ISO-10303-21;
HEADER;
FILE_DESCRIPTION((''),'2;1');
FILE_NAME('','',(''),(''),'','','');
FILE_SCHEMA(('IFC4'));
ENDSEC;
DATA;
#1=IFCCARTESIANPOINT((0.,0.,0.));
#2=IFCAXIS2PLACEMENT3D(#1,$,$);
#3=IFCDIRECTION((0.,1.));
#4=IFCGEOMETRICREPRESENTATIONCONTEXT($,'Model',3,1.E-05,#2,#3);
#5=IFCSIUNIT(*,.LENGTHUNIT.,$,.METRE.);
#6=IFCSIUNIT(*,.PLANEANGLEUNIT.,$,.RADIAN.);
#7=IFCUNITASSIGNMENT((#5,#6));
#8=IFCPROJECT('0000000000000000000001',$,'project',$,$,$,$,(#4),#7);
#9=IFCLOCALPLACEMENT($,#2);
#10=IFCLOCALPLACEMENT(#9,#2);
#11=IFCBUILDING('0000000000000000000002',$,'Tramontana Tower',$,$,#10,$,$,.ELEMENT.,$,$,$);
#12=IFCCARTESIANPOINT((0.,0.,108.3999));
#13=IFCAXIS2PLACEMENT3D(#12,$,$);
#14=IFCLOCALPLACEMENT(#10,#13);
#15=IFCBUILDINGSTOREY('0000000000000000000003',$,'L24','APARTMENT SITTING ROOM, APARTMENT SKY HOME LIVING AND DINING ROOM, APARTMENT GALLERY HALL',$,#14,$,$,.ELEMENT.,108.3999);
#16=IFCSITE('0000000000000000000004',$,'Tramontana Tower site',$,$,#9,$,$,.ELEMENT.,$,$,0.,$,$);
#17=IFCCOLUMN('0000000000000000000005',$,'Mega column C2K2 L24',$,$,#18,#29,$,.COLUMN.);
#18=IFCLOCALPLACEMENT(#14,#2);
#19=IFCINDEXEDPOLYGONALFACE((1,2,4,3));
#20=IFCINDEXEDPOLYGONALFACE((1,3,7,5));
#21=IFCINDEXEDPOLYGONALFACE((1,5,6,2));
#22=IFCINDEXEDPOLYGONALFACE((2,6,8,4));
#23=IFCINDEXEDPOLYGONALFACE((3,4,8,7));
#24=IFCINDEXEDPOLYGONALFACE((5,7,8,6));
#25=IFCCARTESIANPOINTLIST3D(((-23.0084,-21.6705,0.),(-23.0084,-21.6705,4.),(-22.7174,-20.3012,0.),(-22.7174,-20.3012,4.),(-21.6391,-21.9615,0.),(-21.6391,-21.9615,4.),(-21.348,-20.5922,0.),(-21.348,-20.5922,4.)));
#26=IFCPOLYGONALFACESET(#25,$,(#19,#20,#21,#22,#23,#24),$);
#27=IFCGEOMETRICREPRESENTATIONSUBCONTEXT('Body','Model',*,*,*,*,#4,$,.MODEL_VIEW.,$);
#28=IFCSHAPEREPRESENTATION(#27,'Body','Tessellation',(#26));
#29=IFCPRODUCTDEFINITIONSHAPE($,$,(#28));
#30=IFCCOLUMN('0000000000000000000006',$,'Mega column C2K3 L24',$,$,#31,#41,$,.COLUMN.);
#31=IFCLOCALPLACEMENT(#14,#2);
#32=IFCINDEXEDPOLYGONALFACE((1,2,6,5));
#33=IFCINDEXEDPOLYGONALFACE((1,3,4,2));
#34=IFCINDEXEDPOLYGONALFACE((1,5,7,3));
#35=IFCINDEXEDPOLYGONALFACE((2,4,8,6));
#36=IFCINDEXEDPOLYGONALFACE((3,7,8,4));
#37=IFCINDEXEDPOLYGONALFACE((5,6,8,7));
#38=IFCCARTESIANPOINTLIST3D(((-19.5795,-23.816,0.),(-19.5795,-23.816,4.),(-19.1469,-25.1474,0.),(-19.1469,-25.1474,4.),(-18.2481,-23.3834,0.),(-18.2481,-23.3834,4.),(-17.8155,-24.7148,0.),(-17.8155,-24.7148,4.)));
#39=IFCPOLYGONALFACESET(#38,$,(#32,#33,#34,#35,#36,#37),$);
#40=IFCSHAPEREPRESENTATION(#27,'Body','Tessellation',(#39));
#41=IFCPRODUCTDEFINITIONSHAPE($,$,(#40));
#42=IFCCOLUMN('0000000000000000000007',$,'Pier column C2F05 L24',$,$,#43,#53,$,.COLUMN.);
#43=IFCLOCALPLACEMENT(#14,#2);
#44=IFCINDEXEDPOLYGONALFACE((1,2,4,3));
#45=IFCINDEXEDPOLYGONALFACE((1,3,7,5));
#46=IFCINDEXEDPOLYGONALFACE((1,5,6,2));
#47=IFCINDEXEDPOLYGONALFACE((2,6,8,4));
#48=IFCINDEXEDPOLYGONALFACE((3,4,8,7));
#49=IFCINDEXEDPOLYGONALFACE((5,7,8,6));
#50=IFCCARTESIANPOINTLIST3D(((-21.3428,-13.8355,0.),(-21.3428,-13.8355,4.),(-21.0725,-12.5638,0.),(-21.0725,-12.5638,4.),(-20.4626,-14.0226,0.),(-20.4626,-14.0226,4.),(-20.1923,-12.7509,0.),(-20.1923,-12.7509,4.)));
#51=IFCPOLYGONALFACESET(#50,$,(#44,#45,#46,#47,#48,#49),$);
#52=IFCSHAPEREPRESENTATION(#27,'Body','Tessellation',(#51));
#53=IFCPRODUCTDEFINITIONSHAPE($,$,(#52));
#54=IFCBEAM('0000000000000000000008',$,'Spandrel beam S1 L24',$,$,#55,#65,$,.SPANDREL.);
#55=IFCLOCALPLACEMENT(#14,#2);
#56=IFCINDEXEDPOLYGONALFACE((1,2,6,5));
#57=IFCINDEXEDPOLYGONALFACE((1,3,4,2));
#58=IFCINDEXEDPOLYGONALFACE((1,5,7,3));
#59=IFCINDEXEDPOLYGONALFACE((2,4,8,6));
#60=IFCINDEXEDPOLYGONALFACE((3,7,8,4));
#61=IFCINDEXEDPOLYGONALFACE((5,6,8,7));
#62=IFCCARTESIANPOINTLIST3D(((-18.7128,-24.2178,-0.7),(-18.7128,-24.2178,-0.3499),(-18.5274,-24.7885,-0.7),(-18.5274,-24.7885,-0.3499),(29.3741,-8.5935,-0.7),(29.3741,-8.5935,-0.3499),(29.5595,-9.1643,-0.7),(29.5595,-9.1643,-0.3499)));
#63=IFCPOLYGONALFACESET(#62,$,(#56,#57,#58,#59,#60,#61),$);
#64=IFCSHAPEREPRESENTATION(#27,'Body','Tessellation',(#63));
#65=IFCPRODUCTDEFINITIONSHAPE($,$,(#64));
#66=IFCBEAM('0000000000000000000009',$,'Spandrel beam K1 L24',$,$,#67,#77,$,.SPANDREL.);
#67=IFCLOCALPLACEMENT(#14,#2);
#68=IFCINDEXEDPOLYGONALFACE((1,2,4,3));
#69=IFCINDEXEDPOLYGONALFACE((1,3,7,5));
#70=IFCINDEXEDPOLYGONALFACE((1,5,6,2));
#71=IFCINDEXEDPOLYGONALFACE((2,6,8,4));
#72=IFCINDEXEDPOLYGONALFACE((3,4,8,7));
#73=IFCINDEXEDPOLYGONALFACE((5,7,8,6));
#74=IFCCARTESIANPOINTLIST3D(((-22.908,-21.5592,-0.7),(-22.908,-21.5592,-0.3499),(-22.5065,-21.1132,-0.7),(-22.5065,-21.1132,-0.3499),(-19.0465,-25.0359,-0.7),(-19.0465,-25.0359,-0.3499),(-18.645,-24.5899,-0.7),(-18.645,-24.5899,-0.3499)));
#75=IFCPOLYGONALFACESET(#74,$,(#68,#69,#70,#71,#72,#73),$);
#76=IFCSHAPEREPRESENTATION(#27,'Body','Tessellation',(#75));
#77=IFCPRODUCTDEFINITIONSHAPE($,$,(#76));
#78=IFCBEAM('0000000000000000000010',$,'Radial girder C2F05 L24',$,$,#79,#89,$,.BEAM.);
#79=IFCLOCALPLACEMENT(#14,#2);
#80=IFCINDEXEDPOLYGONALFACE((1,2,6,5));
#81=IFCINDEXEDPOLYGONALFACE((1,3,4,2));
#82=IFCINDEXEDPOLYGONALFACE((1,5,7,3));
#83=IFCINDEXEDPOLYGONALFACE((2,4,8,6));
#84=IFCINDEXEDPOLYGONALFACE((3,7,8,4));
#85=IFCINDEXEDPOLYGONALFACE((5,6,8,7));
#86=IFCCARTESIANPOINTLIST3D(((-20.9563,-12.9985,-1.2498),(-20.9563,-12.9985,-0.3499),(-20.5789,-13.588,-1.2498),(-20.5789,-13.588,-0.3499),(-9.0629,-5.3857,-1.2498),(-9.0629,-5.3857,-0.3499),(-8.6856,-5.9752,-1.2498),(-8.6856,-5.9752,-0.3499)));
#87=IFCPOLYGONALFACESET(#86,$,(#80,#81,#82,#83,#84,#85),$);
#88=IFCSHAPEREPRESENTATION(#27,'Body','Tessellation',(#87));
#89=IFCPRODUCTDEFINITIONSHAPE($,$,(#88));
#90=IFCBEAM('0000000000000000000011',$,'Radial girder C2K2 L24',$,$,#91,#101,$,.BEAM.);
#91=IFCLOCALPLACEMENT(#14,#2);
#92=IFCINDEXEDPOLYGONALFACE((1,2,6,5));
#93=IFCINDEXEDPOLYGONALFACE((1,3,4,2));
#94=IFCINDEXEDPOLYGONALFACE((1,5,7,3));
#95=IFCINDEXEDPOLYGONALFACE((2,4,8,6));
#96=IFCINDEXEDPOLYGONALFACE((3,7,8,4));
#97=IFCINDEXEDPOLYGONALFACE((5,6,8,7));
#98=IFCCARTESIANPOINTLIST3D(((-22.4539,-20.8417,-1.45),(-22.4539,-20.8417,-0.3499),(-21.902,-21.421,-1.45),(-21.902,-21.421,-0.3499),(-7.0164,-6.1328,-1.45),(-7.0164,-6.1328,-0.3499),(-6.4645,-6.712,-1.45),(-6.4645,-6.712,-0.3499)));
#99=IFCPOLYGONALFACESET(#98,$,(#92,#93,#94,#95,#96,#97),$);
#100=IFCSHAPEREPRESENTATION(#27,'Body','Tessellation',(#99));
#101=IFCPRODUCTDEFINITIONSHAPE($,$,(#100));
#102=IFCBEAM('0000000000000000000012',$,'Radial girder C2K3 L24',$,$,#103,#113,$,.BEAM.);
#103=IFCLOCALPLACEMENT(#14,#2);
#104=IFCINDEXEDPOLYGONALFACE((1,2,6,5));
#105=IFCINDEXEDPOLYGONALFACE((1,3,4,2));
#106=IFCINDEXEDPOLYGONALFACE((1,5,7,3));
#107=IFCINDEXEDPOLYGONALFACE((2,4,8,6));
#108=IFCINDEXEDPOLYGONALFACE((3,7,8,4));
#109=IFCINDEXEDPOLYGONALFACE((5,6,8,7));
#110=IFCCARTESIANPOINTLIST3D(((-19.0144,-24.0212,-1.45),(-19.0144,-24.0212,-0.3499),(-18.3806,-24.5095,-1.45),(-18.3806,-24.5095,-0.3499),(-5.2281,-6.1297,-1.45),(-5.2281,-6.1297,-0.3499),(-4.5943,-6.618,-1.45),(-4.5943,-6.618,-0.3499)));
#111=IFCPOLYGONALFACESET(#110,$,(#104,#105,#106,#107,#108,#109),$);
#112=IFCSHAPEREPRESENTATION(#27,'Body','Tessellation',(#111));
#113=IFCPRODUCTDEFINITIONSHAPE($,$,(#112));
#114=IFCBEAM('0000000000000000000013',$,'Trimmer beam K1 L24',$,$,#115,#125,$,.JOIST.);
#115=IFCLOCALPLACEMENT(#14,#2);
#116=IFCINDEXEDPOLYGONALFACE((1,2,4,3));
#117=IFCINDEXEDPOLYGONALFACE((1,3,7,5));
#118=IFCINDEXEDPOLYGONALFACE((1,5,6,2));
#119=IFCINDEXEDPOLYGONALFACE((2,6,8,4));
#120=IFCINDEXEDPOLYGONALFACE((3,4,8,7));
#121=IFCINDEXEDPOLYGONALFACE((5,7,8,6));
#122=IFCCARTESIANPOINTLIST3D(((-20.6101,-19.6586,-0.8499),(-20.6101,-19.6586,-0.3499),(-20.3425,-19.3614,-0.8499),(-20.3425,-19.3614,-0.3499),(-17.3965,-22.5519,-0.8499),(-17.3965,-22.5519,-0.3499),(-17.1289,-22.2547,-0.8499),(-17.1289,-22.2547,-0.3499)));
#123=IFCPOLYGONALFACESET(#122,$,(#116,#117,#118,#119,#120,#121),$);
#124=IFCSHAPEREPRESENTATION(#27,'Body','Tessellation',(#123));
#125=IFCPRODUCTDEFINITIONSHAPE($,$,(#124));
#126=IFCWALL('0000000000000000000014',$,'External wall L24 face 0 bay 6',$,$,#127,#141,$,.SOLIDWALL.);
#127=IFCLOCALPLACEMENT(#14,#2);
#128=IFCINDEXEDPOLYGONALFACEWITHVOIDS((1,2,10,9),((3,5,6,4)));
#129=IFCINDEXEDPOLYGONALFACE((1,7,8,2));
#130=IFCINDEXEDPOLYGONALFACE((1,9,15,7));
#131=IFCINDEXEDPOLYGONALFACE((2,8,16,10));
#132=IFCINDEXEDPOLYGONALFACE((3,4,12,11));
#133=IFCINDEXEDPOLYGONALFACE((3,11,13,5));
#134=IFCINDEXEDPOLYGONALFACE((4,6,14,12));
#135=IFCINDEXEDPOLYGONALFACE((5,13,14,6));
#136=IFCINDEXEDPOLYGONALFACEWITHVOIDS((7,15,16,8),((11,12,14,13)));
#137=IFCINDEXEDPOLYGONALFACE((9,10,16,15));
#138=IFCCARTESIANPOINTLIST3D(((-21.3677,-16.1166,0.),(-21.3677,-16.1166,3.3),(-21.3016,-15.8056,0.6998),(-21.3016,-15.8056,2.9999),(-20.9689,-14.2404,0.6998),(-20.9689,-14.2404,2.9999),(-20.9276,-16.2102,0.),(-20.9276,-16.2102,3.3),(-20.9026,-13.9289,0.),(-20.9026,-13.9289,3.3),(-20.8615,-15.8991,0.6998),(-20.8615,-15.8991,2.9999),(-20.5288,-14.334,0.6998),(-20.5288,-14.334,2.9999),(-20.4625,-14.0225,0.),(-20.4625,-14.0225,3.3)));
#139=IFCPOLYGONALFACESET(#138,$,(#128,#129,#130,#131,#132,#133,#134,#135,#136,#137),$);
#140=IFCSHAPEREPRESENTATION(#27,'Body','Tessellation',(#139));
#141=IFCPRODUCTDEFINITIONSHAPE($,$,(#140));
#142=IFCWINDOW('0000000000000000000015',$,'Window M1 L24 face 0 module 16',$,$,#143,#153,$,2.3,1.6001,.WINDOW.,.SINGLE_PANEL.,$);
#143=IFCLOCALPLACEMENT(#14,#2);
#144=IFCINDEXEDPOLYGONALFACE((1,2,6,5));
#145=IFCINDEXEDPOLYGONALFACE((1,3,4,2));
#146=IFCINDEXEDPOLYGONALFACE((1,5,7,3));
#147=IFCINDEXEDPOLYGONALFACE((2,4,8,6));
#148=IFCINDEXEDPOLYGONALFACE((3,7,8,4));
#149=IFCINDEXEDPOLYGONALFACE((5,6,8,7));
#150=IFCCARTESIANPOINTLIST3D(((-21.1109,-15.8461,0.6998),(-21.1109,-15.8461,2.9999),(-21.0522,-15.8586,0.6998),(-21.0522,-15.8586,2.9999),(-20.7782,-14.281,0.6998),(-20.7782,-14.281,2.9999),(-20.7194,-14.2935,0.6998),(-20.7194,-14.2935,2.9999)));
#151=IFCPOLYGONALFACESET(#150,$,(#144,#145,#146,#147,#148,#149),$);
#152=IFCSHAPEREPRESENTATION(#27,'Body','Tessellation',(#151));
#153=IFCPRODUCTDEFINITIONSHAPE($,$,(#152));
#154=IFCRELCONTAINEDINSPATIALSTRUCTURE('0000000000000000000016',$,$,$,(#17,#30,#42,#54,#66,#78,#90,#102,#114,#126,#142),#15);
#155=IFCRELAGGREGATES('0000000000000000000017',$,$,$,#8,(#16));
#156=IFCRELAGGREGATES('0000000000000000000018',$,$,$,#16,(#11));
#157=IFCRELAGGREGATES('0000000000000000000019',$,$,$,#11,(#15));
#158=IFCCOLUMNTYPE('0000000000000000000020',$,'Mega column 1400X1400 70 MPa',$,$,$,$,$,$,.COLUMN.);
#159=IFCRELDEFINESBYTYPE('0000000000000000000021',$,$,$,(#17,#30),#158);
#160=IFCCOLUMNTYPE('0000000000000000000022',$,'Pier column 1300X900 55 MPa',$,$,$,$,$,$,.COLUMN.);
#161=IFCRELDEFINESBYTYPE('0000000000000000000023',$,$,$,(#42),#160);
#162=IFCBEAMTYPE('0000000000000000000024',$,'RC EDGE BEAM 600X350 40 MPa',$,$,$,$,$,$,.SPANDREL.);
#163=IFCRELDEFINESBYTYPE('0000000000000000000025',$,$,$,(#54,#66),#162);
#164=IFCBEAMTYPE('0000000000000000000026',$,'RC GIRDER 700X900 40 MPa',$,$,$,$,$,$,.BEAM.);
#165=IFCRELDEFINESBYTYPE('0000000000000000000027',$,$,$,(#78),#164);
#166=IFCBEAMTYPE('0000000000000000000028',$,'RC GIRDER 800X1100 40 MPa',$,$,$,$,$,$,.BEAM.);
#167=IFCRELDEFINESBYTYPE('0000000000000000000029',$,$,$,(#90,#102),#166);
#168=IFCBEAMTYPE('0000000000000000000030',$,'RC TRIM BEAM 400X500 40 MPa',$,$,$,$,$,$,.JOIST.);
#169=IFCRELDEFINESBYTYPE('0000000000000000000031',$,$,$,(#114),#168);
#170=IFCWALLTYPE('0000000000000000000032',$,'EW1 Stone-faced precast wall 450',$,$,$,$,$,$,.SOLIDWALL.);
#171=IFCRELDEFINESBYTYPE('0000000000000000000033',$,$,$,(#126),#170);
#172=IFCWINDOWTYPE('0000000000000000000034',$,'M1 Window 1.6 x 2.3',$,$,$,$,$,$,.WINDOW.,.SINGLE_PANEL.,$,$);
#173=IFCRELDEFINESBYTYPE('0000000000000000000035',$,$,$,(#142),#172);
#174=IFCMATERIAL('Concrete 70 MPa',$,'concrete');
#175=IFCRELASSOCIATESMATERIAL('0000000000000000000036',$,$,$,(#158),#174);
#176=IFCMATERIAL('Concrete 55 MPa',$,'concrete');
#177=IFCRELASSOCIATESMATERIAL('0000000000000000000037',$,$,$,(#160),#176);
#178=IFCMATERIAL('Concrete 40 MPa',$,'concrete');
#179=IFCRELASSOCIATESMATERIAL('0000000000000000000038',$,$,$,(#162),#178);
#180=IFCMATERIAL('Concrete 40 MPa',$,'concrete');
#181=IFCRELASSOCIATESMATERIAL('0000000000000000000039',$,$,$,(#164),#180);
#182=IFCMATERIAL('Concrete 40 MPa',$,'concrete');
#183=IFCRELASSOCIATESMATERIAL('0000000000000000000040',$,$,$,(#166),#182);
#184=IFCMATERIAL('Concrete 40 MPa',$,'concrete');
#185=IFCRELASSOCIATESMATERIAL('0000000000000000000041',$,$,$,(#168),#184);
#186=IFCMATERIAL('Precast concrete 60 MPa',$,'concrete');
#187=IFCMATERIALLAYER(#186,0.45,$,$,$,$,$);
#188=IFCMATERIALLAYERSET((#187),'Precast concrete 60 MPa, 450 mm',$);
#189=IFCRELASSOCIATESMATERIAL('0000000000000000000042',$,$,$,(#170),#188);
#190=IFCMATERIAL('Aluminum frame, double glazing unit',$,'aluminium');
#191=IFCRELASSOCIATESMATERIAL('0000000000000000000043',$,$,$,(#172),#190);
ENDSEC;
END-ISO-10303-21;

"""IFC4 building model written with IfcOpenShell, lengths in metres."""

from ifc_helpers import new_model, si_unit, direction, frame, frame_2d, origin, origin_2d, place, context, subcontext, project, spatial, rectangle, extrude, material, layer, layer_set, material_profile, profile_set, type_object, element, fill, save


model = new_model("IFC4")

# Units and contexts
model_context = context("Model", 3, precision=1e-05, world=origin(), true_north=direction((0.0, 1.0)))
body_context = subcontext(model_context, "Body", "Model", "MODEL_VIEW")
ifc_project = project(units=[si_unit("LENGTHUNIT", "METRE"), si_unit("PLANEANGLEUNIT", "RADIAN")], contexts=[model_context])

# Site, building, storey
site_placement = place(None, origin())
site = spatial("IfcSite", under=ifc_project, at=site_placement, Name="Tramontana Tower site", CompositionType="ELEMENT", RefElevation=0.0)
building_placement = place(site_placement, origin())
building = spatial("IfcBuilding", under=site, at=building_placement, Name="Tramontana Tower", CompositionType="ELEMENT")
storey_placement = place(building_placement, frame((0.0, 0.0, 108.3999)))
storey = spatial("IfcBuildingStorey", under=building, at=storey_placement, Name="L24", Description="APARTMENT SITTING ROOM, APARTMENT SKY HOME LIVING AND DINING ROOM, APARTMENT GALLERY HALL", CompositionType="ELEMENT", Elevation=108.3999)

# Columns
ifc_material_1 = material(Name="Concrete 70 MPa", Category="concrete")
ifc_material_profile_1 = material_profile(ifc_material_1, rectangle(XDim=1.3999, YDim=1.3999, at=origin_2d()), Name="Mega column 1400X1400 70 MPa")
ifc_profile_set_1 = profile_set([ifc_material_profile_1], Name="Concrete 70 MPa")
column_type_1 = type_object("IfcColumnType", Name="Mega column 1400X1400 70 MPa", PredefinedType="COLUMN", material=ifc_profile_set_1)
for number, where, z_axis, x_axis, name in (
    (1, (-22.1782, -21.1313, 0.0), (0.0, 0.0, 1.0), (-0.207912, -0.978148, 0.0), "Mega column C2K2 L24"),
    (2, (-18.6975, -24.2654, 0.0), (0.0, 0.0, 1.0), (0.951057, 0.309017, 0.0), "Mega column C2K3 L24"),
):
    element("IfcColumn", number, at=place(storey_placement, frame(where, z_axis=z_axis, x_axis=x_axis)), inside=storey, type_object=column_type_1, Name=name, PredefinedType="COLUMN", context=body_context, shape_type="SweptSolid", body=[
        extrude(rectangle(XDim=1.3999, YDim=1.3999, at=origin_2d()), origin(), (0.0, 0.0, 1.0), 4.0),
    ])
ifc_material_2 = material(Name="Concrete 55 MPa", Category="concrete")
ifc_material_profile_2 = material_profile(ifc_material_2, rectangle(XDim=1.3, YDim=0.8999, at=origin_2d()), Name="Pier column 1300X900 55 MPa")
ifc_profile_set_2 = profile_set([ifc_material_profile_2], Name="Concrete 55 MPa")
column_type_2 = type_object("IfcColumnType", Name="Pier column 1300X900 55 MPa", PredefinedType="COLUMN", material=ifc_profile_set_2)
column_placement = place(storey_placement, frame((-20.7676, -13.2932, 0.0), z_axis=(0.0, 0.0, 1.0), x_axis=(-0.207912, -0.978148, 0.0)))
element("IfcColumn", 3, at=column_placement, inside=storey, type_object=column_type_2, Name="Pier column C2F05 L24", PredefinedType="COLUMN", context=body_context, shape_type="SweptSolid", body=[
    extrude(rectangle(XDim=1.3, YDim=0.8999, at=origin_2d()), origin(), (0.0, 0.0, 1.0), 4.0),
])

# Beams
ifc_material_3 = material(Name="Concrete 40 MPa", Category="concrete")
ifc_material_profile_3 = material_profile(ifc_material_3, rectangle(XDim=0.6001, YDim=0.3501, at=origin_2d()), Name="RC EDGE BEAM 600X350 40 MPa")
ifc_profile_set_3 = profile_set([ifc_material_profile_3], Name="Concrete 40 MPa")
beam_type_1 = type_object("IfcBeamType", Name="RC EDGE BEAM 600X350 40 MPa", PredefinedType="SPANDREL", material=ifc_profile_set_3)
beam_1_placement = place(storey_placement, frame((-18.6201, -24.5032, -0.5249), z_axis=(0.951057, 0.309015, 0.0), x_axis=(-0.309015, 0.951057, 0.0)))
element("IfcBeam", 4, at=beam_1_placement, inside=storey, type_object=beam_type_1, Name="Spandrel beam S1 L24", PredefinedType="SPANDREL", context=body_context, shape_type="SweptSolid", body=[
    extrude(rectangle(XDim=0.6001, YDim=0.3501, at=origin_2d()), origin(), (0.0, 0.0, 1.0), 50.5615),
])
beam_2_placement = place(storey_placement, frame((-22.7073, -21.3362, -0.5249), z_axis=(0.743161, -0.669113, 0.0), x_axis=(0.669113, 0.743161, 0.0)))
element("IfcBeam", 5, at=beam_2_placement, inside=storey, type_object=beam_type_1, Name="Spandrel beam K1 L24", PredefinedType="SPANDREL", context=body_context, shape_type="SweptSolid", body=[
    extrude(rectangle(XDim=0.6001, YDim=0.3501, at=origin_2d()), origin(), (0.0, 0.0, 1.0), 5.196),
])
ifc_material_4 = material(Name="Concrete 40 MPa", Category="concrete")
ifc_material_profile_4 = material_profile(ifc_material_4, rectangle(XDim=0.7, YDim=0.8999, at=origin_2d()), Name="RC GIRDER 700X900 40 MPa")
ifc_profile_set_4 = profile_set([ifc_material_profile_4], Name="Concrete 40 MPa")
beam_type_2 = type_object("IfcBeamType", Name="RC GIRDER 700X900 40 MPa", PredefinedType="BEAM", material=ifc_profile_set_4)
beam_3_placement = place(storey_placement, frame((-20.7676, -13.2932, -0.7998), z_axis=(0.842237, 0.539108, 0.0), x_axis=(-0.539108, 0.842237, 0.0)))
element("IfcBeam", 6, at=beam_3_placement, inside=storey, type_object=beam_type_2, Name="Radial girder C2F05 L24", PredefinedType="BEAM", context=body_context, shape_type="SweptSolid", body=[
    extrude(rectangle(XDim=0.7, YDim=0.8999, at=origin_2d()), origin(), (0.0, 0.0, 1.0), 14.1211),
])
ifc_material_5 = material(Name="Concrete 40 MPa", Category="concrete")
ifc_material_profile_5 = material_profile(ifc_material_5, rectangle(XDim=0.8, YDim=1.1001, at=origin_2d()), Name="RC GIRDER 800X1100 40 MPa")
ifc_profile_set_5 = profile_set([ifc_material_profile_5], Name="Concrete 40 MPa")
beam_type_3 = type_object("IfcBeamType", Name="RC GIRDER 800X1100 40 MPa", PredefinedType="BEAM", material=ifc_profile_set_5)
beam_4_placement = place(storey_placement, frame((-22.178, -21.1313, -0.8999), z_axis=(0.723983, 0.689818, 0.0), x_axis=(-0.689818, 0.723983, 0.0)))
element("IfcBeam", 7, at=beam_4_placement, inside=storey, type_object=beam_type_3, Name="Radial girder C2K2 L24", PredefinedType="BEAM", context=body_context, shape_type="SweptSolid", body=[
    extrude(rectangle(XDim=0.8, YDim=1.1001, at=origin_2d()), origin(), (0.0, 0.0, 1.0), 21.323),
])
beam_5_placement = place(storey_placement, frame((-18.6975, -24.2654, -0.8999), z_axis=(0.610367, 0.792119, 0.0), x_axis=(-0.792119, 0.610367, 0.0)))
element("IfcBeam", 8, at=beam_5_placement, inside=storey, type_object=beam_type_3, Name="Radial girder C2K3 L24", PredefinedType="BEAM", context=body_context, shape_type="SweptSolid", body=[
    extrude(rectangle(XDim=0.8, YDim=1.1001, at=origin_2d()), origin(), (0.0, 0.0, 1.0), 22.5869),
])
ifc_material_6 = material(Name="Concrete 40 MPa", Category="concrete")
ifc_material_profile_6 = material_profile(ifc_material_6, rectangle(XDim=0.3999, YDim=0.5, at=origin_2d()), Name="RC TRIM BEAM 400X500 40 MPa")
ifc_profile_set_6 = profile_set([ifc_material_profile_6], Name="Concrete 40 MPa")
beam_type_4 = type_object("IfcBeamType", Name="RC TRIM BEAM 400X500 40 MPa", PredefinedType="JOIST", material=ifc_profile_set_6)
beam_6_placement = place(storey_placement, frame((-20.4763, -19.51, -0.5999), z_axis=(0.743173, -0.669099, 0.0), x_axis=(0.669099, 0.743173, 0.0)))
element("IfcBeam", 9, at=beam_6_placement, inside=storey, type_object=beam_type_4, Name="Trimmer beam K1 L24", PredefinedType="JOIST", context=body_context, shape_type="SweptSolid", body=[
    extrude(rectangle(XDim=0.3999, YDim=0.5, at=origin_2d()), origin(), (0.0, 0.0, 1.0), 4.3242),
])

# Wall, opening, window
ifc_material_7 = material(Name="Precast concrete 60 MPa", Category="concrete")
ifc_layer_1 = layer(ifc_material_7, 0.45)
ifc_layer_set_1 = layer_set([ifc_layer_1], Name="Precast concrete 60 MPa, 450 mm")
wall_type_1 = type_object("IfcWallType", Name="EW1 Stone-faced precast wall 450", PredefinedType="SOLIDWALL", material=ifc_layer_set_1)
wall_1_placement = place(storey_placement, frame((-20.6826, -13.9758, 0.0), z_axis=(0.0, 0.0, 1.0), x_axis=(-0.207941, -0.978141, 0.0)))
wall_1 = element("IfcWall", 10, at=wall_1_placement, inside=storey, type_object=wall_type_1, Name="External wall L24 face 0 bay 6", PredefinedType="SOLIDWALL", context=body_context, shape_type="SweptSolid", body=[
    extrude(rectangle(XDim=2.2366, YDim=0.45, at=frame_2d((1.1182, 0.0))), origin(), (0.0, 0.0, 1.0), 3.3),
])
opening_1_placement = place(wall_1_placement, frame((0.3184, 0.0, 0.7)))
opening_1 = element("IfcOpeningElement", 11, at=opening_1_placement, cuts=wall_1, PredefinedType="OPENING", context=body_context, shape_type="SweptSolid", body=[
    extrude(rectangle(XDim=1.6001, YDim=2.3, at=frame_2d((0.8, 1.1499))), frame((0.0, 0.2349, 0.0), z_axis=(0.0, -1.0, 0.0), x_axis=(1.0, 0.0, 0.0)), (0.0, 0.0, 1.0), 0.47),
])
ifc_material_8 = material(Name="Aluminum frame, double glazing unit", Category="aluminium")
window_type_1 = type_object("IfcWindowType", Name="M1 Window 1.6 x 2.3", PartitioningType="SINGLE_PANEL", PredefinedType="WINDOW", material=ifc_material_8)
window_1_placement = place(opening_1_placement, origin())
window_1 = element("IfcWindow", 12, at=window_1_placement, inside=storey, type_object=window_type_1, Name="Window M1 L24 face 0 module 16", OverallHeight=2.3, OverallWidth=1.6001, PartitioningType="SINGLE_PANEL", PredefinedType="WINDOW", context=body_context, shape_type="SweptSolid", body=[
    extrude(rectangle(XDim=1.6001, YDim=2.3, at=frame_2d((0.8, 1.1499))), frame((0.0, 0.03, 0.0), z_axis=(0.0, -1.0, 0.0), x_axis=(1.0, 0.0, 0.0)), (0.0, 0.0, 1.0), 0.0601),
])
fill(opening_1, window_1)

save(model, "model.ifc")
